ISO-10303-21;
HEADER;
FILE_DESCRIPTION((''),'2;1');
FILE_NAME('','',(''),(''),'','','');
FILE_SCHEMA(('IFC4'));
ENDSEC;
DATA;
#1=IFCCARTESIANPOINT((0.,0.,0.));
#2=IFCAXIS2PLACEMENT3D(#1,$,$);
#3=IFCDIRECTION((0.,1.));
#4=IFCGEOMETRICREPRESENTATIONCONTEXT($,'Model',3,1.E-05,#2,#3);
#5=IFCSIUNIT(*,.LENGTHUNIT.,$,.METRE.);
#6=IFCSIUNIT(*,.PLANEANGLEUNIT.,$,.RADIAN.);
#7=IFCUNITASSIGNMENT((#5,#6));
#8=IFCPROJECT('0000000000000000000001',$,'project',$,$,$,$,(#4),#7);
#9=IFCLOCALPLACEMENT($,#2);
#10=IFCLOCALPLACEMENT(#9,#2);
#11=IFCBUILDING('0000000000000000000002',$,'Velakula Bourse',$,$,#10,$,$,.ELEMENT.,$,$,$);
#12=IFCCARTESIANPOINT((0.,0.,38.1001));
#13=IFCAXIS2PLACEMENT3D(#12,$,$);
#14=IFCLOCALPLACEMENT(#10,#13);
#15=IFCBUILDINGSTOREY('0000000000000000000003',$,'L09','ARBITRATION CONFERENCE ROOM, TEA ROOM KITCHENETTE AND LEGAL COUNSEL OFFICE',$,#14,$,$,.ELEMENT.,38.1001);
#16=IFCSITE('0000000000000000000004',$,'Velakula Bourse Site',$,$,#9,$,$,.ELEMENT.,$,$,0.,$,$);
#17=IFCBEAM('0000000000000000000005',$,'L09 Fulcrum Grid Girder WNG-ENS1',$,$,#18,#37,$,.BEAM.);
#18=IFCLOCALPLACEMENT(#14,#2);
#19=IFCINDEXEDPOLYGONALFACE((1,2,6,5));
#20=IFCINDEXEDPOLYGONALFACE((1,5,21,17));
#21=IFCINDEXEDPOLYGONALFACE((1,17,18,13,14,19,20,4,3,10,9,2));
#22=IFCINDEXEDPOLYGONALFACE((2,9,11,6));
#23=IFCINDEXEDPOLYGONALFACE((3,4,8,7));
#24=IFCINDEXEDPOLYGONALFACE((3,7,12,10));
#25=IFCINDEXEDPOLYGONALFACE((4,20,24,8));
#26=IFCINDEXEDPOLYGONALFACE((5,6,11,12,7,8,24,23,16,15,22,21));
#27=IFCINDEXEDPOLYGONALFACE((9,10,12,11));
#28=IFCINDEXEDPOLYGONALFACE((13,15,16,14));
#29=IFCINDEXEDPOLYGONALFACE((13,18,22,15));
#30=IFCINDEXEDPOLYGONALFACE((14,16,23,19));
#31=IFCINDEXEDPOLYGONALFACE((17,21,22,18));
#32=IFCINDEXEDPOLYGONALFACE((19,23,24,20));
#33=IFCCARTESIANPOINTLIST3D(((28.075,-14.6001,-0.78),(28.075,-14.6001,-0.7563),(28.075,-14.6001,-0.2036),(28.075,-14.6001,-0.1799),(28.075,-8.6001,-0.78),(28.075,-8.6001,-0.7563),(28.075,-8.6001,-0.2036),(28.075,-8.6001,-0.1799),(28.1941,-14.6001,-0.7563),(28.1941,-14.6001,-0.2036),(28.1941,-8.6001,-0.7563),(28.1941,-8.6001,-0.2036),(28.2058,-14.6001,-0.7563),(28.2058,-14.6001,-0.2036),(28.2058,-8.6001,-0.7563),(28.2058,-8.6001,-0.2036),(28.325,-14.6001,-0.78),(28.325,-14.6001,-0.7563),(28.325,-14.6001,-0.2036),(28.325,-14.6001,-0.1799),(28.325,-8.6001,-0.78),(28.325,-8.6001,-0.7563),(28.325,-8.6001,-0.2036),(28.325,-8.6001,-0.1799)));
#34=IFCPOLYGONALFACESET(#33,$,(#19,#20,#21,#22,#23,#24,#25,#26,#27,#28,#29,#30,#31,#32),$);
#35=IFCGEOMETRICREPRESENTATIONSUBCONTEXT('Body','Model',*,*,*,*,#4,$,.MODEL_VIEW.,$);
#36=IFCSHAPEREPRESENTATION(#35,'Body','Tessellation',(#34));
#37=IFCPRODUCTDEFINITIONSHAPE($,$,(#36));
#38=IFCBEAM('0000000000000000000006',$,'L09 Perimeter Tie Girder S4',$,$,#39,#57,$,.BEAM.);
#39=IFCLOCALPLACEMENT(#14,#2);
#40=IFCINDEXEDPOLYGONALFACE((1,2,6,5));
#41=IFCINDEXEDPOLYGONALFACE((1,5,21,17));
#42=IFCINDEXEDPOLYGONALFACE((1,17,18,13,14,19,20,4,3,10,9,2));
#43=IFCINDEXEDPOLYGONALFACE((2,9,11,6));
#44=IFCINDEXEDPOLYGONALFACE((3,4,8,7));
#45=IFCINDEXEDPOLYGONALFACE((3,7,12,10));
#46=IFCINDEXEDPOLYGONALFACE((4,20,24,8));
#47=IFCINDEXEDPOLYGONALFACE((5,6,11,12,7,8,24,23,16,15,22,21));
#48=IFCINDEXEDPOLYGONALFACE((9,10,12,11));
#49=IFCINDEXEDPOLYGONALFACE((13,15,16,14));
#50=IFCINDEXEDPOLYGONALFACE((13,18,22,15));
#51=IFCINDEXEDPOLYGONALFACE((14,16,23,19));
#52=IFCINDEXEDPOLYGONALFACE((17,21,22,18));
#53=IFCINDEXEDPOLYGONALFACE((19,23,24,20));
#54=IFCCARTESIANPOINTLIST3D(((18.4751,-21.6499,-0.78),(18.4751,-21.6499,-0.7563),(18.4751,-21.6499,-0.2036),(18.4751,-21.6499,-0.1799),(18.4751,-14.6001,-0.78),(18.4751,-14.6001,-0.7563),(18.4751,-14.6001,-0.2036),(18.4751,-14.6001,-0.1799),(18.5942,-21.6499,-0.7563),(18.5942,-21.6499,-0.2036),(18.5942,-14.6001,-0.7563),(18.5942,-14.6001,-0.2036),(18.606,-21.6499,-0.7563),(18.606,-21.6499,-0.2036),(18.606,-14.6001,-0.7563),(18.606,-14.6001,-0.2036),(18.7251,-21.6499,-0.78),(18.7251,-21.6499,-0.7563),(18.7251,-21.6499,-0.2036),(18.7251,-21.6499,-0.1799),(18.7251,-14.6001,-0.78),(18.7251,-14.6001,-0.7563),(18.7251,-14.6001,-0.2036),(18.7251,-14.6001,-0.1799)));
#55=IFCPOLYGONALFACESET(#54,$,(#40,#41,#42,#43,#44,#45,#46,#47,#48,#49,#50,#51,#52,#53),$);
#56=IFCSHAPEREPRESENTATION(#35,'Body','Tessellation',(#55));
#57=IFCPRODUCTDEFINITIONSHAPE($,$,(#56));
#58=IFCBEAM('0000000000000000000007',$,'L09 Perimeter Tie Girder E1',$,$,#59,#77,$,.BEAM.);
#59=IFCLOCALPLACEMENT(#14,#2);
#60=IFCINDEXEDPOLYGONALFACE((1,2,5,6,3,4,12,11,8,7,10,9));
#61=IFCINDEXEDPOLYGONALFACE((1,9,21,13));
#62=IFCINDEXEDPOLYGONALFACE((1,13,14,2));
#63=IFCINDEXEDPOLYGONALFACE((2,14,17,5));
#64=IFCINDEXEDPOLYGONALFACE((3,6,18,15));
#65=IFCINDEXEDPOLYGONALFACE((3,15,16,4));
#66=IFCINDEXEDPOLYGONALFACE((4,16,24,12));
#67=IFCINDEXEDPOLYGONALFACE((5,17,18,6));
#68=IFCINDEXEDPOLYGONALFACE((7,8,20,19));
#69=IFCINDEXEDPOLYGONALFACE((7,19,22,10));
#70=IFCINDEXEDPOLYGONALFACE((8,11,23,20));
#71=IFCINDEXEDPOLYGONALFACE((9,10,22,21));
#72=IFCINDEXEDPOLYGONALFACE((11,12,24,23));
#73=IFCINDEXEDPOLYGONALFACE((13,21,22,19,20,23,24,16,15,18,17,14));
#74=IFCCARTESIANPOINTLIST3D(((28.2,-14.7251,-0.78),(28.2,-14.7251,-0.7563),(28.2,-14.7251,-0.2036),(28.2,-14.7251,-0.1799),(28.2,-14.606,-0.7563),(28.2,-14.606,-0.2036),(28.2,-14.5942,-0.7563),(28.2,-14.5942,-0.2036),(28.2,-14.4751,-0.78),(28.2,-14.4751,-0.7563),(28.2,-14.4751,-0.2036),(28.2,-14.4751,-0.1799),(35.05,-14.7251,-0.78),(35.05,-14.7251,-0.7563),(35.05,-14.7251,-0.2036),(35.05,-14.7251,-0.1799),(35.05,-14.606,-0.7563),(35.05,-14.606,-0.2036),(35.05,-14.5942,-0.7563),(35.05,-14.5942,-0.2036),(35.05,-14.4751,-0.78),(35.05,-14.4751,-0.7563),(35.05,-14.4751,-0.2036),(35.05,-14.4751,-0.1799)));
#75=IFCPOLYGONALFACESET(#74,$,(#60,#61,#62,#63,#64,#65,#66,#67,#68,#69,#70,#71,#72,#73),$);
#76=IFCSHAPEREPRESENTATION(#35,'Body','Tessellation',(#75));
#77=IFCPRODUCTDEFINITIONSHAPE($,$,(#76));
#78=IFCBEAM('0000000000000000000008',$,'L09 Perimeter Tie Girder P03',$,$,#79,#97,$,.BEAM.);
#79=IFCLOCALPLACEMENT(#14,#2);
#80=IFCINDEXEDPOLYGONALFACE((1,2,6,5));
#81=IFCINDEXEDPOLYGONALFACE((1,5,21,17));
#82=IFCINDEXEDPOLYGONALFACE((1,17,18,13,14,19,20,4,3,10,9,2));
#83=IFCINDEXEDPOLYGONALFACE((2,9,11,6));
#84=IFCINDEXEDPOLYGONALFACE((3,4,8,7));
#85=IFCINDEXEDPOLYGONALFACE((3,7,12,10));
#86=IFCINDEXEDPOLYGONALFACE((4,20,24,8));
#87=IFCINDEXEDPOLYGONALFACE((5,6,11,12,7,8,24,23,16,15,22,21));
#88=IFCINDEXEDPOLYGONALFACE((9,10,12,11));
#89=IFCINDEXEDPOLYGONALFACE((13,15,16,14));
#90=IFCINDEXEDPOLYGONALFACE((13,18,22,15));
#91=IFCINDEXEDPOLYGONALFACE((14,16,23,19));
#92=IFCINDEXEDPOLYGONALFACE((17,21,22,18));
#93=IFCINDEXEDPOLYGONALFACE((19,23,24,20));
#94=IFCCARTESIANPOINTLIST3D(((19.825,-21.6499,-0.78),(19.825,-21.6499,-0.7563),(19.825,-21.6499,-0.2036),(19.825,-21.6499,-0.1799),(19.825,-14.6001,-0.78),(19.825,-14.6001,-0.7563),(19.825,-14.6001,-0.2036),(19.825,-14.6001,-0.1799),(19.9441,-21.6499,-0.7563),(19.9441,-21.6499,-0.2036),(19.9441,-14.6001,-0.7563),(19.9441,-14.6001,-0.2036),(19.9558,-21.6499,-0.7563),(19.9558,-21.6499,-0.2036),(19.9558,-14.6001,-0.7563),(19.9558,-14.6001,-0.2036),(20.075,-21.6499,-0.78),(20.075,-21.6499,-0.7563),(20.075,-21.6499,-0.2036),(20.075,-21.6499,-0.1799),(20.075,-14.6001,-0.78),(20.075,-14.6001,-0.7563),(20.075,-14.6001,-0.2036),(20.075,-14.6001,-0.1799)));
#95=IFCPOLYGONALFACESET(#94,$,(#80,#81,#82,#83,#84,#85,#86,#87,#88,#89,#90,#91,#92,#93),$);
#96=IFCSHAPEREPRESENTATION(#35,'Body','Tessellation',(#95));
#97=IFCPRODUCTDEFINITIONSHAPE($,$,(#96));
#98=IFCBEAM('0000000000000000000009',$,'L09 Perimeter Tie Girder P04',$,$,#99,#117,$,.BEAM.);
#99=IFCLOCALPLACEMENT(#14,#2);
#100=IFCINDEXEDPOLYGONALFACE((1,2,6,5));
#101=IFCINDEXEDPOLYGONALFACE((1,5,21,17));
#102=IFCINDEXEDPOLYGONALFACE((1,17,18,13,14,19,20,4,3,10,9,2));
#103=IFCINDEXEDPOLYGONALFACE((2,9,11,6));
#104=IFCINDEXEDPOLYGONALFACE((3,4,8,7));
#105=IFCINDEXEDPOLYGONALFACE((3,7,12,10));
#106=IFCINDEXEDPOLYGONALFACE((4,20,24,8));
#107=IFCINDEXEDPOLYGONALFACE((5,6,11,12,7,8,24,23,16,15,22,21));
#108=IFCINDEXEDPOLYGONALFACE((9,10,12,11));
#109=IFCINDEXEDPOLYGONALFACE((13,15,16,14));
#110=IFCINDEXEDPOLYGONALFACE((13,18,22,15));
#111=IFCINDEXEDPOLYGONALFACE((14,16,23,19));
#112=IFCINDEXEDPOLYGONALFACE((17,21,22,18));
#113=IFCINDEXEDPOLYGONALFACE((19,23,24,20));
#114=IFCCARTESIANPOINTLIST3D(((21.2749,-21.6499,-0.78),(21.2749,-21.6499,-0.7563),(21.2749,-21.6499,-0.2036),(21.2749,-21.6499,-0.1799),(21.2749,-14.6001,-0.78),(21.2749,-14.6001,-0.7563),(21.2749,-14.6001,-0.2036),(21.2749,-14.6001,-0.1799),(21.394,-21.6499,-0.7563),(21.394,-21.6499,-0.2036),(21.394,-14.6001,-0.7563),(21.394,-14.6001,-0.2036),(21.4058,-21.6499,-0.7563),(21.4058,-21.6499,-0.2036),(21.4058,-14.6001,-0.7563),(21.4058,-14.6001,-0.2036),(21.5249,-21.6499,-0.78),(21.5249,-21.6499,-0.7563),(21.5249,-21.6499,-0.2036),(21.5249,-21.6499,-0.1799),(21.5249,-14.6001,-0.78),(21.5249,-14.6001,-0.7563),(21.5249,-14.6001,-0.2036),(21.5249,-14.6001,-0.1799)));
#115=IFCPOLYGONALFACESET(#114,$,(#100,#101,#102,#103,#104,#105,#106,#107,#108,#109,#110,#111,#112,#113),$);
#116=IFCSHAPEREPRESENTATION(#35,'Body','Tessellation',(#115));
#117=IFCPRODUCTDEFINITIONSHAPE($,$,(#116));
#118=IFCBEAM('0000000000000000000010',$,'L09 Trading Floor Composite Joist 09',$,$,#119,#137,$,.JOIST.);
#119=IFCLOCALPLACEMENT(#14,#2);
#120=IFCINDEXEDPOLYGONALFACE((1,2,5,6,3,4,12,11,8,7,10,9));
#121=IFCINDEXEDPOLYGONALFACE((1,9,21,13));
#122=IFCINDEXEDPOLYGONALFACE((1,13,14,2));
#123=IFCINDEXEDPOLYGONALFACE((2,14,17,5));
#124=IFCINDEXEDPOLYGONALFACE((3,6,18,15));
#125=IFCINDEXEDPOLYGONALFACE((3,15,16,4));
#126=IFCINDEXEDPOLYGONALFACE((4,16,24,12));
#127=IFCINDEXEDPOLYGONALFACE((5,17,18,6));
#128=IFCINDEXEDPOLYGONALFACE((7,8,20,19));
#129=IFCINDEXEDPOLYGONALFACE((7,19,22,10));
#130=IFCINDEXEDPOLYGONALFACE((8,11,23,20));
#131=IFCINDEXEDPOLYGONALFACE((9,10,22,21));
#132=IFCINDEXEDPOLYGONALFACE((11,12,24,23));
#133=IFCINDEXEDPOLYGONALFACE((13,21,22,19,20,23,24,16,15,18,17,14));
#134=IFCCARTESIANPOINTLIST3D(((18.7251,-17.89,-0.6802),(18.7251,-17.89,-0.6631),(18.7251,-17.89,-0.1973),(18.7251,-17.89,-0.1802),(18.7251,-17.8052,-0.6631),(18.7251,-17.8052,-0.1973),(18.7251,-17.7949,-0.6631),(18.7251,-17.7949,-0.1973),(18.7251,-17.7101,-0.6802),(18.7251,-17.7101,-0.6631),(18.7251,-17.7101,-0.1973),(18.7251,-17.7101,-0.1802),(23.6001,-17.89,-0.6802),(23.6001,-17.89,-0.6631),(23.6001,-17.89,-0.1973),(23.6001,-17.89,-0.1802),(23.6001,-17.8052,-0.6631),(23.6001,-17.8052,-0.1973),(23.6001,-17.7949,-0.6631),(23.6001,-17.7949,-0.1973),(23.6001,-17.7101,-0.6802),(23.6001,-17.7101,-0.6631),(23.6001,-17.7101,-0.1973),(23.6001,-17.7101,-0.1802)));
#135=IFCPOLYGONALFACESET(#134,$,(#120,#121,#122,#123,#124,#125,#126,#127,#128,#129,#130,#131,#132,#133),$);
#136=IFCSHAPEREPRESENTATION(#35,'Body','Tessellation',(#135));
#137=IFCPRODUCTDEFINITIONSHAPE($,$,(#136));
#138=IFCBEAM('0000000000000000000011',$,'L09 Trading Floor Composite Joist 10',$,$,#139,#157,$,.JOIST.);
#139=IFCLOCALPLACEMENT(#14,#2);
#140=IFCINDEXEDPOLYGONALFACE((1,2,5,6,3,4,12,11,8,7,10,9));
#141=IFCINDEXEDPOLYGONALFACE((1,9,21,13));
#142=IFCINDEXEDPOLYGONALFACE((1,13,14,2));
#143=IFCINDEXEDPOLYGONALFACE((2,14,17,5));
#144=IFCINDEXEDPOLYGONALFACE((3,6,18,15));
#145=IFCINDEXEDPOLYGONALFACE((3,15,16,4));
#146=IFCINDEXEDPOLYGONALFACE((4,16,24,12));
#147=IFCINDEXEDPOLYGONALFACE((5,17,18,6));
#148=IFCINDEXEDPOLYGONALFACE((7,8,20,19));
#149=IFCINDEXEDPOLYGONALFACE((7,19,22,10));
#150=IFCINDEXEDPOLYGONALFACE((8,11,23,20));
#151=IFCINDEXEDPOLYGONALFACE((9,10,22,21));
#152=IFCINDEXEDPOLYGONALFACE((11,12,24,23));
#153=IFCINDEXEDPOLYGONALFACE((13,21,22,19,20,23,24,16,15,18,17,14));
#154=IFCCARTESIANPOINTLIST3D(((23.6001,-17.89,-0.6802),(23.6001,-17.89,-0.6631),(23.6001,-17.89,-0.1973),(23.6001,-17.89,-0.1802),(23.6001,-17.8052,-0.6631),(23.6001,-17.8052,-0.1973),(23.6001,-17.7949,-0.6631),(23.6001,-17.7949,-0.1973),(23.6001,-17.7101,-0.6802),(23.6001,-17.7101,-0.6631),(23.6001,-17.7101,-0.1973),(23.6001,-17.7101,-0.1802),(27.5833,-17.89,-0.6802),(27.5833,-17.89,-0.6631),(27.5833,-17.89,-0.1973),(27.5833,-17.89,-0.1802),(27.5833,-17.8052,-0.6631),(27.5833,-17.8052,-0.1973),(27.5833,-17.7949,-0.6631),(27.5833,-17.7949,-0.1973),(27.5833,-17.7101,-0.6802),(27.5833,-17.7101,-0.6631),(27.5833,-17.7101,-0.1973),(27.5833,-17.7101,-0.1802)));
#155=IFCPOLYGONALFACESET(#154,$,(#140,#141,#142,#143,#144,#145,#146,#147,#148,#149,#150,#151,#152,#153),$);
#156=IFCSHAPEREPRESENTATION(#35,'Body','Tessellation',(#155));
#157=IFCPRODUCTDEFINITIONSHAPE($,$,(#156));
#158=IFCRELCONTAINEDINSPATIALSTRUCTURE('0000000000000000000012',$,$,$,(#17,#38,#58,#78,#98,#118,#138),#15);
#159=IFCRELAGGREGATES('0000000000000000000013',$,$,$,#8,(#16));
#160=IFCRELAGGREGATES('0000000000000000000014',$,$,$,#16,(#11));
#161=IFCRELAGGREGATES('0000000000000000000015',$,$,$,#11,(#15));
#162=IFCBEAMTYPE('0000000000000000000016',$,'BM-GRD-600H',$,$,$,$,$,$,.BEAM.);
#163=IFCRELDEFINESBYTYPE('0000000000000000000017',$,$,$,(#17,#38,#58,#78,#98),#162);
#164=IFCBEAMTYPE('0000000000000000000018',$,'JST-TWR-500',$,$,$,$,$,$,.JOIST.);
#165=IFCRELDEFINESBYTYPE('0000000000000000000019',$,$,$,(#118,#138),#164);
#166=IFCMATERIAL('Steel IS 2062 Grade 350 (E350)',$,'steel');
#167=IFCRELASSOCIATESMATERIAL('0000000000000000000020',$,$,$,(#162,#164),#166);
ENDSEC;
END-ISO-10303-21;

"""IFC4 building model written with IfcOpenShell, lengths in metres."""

from ifc_helpers import new_model, si_unit, direction, frame, origin, origin_2d, place, context, subcontext, project, spatial, i_section, extrude, material, material_profile, profile_set, type_object, element, save


model = new_model("IFC4")

# Units and contexts
model_context = context("Model", 3, precision=1e-05, world=origin(), true_north=direction((0.0, 1.0)))
body_context = subcontext(model_context, "Body", "Model", "MODEL_VIEW")
ifc_project = project(units=[si_unit("LENGTHUNIT", "METRE"), si_unit("PLANEANGLEUNIT", "RADIAN")], contexts=[model_context])

# Site, building, storey
site_placement = place(None, origin())
site = spatial("IfcSite", under=ifc_project, at=site_placement, Name="Velakula Bourse Site", CompositionType="ELEMENT", RefElevation=0.0)
building_placement = place(site_placement, origin())
building = spatial("IfcBuilding", under=site, at=building_placement, Name="Velakula Bourse", CompositionType="ELEMENT")
storey_placement = place(building_placement, frame((0.0, 0.0, 38.1001)))
storey = spatial("IfcBuildingStorey", under=building, at=storey_placement, Name="L09", Description="ARBITRATION CONFERENCE ROOM, TEA ROOM KITCHENETTE AND LEGAL COUNSEL OFFICE", CompositionType="ELEMENT", Elevation=38.1001)

# Beams
ifc_material_1 = material(Name="Steel IS 2062 Grade 350 (E350)", Category="steel")
ifc_material_profile_1 = material_profile(ifc_material_1, i_section(OverallWidth=0.25, OverallDepth=0.6001, WebThickness=0.0117, FlangeThickness=0.0237, at=origin_2d()), Name="Steel IS 2062 Grade 350 (E350)")
ifc_profile_set_1 = profile_set([ifc_material_profile_1], Name="Steel IS 2062 Grade 350 (E350)")
beam_type_1 = type_object("IfcBeamType", Name="BM-GRD-600H", PredefinedType="BEAM", material=ifc_profile_set_1)
beam_1_placement = place(storey_placement, frame((28.2, -14.6001, -0.48), z_axis=(0.0, 1.0, 0.0), x_axis=(-1.0, 0.0, 0.0)))
element("IfcBeam", 1, at=beam_1_placement, inside=storey, type_object=beam_type_1, Name="L09 Fulcrum Grid Girder WNG-ENS1", PredefinedType="BEAM", context=body_context, shape_type="SweptSolid", body=[
    extrude(i_section(OverallWidth=0.25, OverallDepth=0.6001, WebThickness=0.0117, FlangeThickness=0.0237, at=origin_2d()), origin(), (0.0, 0.0, 1.0), 6.0),
])
beam_2_placement = place(storey_placement, frame((18.6001, -14.6001, -0.48), z_axis=(0.0, -1.0, 0.0), x_axis=(1.0, 0.0, 0.0)))
element("IfcBeam", 2, at=beam_2_placement, inside=storey, type_object=beam_type_1, Name="L09 Perimeter Tie Girder S4", PredefinedType="BEAM", context=body_context, shape_type="SweptSolid", body=[
    extrude(i_section(OverallWidth=0.25, OverallDepth=0.6001, WebThickness=0.0117, FlangeThickness=0.0237, at=origin_2d()), origin(), (0.0, 0.0, 1.0), 7.0498),
])
beam_3_placement = place(storey_placement, frame((28.2, -14.6001, -0.48), z_axis=(1.0, 0.0, 0.0), x_axis=(0.0, 1.0, 0.0)))
element("IfcBeam", 3, at=beam_3_placement, inside=storey, type_object=beam_type_1, Name="L09 Perimeter Tie Girder E1", PredefinedType="BEAM", context=body_context, shape_type="SweptSolid", body=[
    extrude(i_section(OverallWidth=0.25, OverallDepth=0.6001, WebThickness=0.0117, FlangeThickness=0.0237, at=origin_2d()), origin(), (0.0, 0.0, 1.0), 6.8501),
])
for number, where, z_axis, x_axis, name in (
    (4, (19.95, -14.6001, -0.48), (0.0, -1.0, 0.0), (1.0, 0.0, 0.0), "L09 Perimeter Tie Girder P03"),
    (5, (21.3999, -14.6001, -0.48), (0.0, -1.0, 0.0), (1.0, 0.0, 0.0), "L09 Perimeter Tie Girder P04"),
):
    element("IfcBeam", number, at=place(storey_placement, frame(where, z_axis=z_axis, x_axis=x_axis)), inside=storey, type_object=beam_type_1, Name=name, PredefinedType="BEAM", context=body_context, shape_type="SweptSolid", body=[
        extrude(i_section(OverallWidth=0.25, OverallDepth=0.6001, WebThickness=0.0117, FlangeThickness=0.0237, at=origin_2d()), origin(), (0.0, 0.0, 1.0), 7.0498),
    ])
ifc_material_profile_2 = material_profile(ifc_material_1, i_section(OverallWidth=0.1799, OverallDepth=0.5, WebThickness=0.0103, FlangeThickness=0.0171, at=origin_2d()), Name="Steel IS 2062 Grade 350 (E350)")
ifc_profile_set_2 = profile_set([ifc_material_profile_2], Name="Steel IS 2062 Grade 350 (E350)")
beam_type_2 = type_object("IfcBeamType", Name="JST-TWR-500", PredefinedType="JOIST", material=ifc_profile_set_2)
beam_4_placement = place(storey_placement, frame((18.7251, -17.8, -0.4302), z_axis=(1.0, 0.0, 0.0), x_axis=(0.0, 1.0, 0.0)))
element("IfcBeam", 6, at=beam_4_placement, inside=storey, type_object=beam_type_2, Name="L09 Trading Floor Composite Joist 09", PredefinedType="JOIST", context=body_context, shape_type="SweptSolid", body=[
    extrude(i_section(OverallWidth=0.1799, OverallDepth=0.5, WebThickness=0.0103, FlangeThickness=0.0171, at=origin_2d()), origin(), (0.0, 0.0, 1.0), 4.875),
])
beam_5_placement = place(storey_placement, frame((23.6001, -17.8, -0.4302), z_axis=(1.0, 0.0, 0.0), x_axis=(0.0, 1.0, 0.0)))
element("IfcBeam", 7, at=beam_5_placement, inside=storey, type_object=beam_type_2, Name="L09 Trading Floor Composite Joist 10", PredefinedType="JOIST", context=body_context, shape_type="SweptSolid", body=[
    extrude(i_section(OverallWidth=0.1799, OverallDepth=0.5, WebThickness=0.0103, FlangeThickness=0.0171, at=origin_2d()), origin(), (0.0, 0.0, 1.0), 3.9832),
])

save(model, "model.ifc")
